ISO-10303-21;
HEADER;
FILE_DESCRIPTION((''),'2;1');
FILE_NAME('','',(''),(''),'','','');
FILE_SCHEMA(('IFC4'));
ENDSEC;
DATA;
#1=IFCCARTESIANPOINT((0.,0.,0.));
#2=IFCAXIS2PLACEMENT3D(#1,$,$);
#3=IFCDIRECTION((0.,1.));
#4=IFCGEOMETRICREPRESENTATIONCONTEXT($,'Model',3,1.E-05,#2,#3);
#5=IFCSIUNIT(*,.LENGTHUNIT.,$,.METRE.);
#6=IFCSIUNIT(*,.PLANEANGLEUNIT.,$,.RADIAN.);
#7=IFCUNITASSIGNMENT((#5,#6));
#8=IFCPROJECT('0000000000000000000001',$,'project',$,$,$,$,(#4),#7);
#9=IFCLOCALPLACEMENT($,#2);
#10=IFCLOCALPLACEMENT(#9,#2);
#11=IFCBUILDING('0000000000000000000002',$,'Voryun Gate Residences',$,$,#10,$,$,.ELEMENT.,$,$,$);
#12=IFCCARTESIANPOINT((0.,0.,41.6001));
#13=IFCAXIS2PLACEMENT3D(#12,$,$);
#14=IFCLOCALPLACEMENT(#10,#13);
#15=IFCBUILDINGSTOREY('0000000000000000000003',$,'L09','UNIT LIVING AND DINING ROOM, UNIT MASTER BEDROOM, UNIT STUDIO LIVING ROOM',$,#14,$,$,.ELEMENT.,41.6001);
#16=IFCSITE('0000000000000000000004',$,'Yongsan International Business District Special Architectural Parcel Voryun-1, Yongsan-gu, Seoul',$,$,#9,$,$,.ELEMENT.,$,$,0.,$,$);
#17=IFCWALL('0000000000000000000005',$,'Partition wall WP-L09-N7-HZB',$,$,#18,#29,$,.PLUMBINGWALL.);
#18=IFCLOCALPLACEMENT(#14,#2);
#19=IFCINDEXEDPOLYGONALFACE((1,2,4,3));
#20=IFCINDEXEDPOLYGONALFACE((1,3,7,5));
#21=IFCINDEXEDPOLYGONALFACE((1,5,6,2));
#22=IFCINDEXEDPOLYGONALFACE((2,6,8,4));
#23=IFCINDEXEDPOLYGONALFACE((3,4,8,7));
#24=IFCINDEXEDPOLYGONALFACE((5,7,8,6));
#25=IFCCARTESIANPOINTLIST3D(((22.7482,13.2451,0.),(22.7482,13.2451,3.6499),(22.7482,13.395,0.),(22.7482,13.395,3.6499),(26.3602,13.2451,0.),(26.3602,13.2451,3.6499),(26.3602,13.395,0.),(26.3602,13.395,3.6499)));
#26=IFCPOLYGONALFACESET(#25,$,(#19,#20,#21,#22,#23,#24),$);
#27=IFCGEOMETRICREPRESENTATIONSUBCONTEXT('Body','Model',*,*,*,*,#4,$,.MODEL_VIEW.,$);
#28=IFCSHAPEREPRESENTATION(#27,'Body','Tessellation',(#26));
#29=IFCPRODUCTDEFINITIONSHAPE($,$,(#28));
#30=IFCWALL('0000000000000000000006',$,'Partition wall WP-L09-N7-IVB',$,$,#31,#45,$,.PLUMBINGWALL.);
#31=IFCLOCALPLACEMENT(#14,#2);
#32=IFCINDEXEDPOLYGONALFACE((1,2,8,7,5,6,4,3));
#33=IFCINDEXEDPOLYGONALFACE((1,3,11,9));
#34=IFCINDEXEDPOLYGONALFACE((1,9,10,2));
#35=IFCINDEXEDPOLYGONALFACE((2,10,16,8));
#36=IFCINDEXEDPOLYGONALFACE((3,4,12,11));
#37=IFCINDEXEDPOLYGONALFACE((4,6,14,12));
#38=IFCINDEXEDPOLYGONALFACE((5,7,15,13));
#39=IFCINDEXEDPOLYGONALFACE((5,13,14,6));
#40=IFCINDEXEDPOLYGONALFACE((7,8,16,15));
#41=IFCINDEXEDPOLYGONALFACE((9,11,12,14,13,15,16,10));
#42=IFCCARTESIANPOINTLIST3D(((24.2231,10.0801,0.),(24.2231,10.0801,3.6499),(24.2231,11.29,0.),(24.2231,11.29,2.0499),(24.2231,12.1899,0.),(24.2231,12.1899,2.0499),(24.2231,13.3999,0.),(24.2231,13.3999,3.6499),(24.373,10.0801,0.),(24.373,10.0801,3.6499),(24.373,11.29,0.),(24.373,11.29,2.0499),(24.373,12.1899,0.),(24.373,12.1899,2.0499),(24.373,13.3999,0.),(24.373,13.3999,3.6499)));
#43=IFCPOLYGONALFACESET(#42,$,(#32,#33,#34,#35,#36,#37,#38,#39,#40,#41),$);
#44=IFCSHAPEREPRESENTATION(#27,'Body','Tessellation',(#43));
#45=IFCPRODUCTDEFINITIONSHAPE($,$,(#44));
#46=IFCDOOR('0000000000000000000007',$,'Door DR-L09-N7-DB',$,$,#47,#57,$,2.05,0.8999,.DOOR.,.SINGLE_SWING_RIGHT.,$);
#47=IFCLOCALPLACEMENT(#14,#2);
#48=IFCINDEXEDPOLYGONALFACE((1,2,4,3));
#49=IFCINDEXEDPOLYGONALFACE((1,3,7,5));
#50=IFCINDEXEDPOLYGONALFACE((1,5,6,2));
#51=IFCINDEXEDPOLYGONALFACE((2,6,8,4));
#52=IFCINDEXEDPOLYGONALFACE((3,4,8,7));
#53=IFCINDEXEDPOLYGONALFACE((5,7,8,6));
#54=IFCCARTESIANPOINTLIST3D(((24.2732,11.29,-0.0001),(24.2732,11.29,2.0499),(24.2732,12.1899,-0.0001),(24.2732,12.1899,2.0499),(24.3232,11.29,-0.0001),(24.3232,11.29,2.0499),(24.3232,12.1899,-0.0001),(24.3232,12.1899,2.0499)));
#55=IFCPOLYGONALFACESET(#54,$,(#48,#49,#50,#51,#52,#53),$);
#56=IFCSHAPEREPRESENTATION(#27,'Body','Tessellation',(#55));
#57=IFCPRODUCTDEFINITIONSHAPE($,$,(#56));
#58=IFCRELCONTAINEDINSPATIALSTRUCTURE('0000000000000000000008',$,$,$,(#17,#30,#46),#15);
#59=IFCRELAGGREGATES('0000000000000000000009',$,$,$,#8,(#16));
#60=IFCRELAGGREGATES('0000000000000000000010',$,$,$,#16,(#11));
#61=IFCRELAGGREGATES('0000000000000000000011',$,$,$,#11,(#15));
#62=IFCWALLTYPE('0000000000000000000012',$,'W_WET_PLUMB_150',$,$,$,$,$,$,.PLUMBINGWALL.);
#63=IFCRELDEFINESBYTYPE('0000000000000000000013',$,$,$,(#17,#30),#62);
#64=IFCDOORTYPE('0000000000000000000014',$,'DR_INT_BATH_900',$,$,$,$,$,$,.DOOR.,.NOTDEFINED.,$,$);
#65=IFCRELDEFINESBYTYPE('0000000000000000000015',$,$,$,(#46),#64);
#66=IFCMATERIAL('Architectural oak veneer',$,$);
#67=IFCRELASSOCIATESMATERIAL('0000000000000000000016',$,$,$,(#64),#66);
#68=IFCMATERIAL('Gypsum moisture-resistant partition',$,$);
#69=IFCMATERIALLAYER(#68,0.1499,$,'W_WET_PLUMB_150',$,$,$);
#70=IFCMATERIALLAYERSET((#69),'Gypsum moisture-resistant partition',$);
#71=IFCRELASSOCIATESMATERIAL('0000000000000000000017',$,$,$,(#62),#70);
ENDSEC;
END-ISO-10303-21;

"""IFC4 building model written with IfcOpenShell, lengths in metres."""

from ifc_helpers import new_model, si_unit, direction, frame, frame_2d, origin, place, context, subcontext, project, spatial, rectangle, extrude, material, layer, layer_set, type_object, element, fill, save


model = new_model("IFC4")

# Units and contexts
model_context = context("Model", 3, precision=1e-05, world=origin(), true_north=direction((0.0, 1.0)))
body_context = subcontext(model_context, "Body", "Model", "MODEL_VIEW")
ifc_project = project(units=[si_unit("LENGTHUNIT", "METRE"), si_unit("PLANEANGLEUNIT", "RADIAN")], contexts=[model_context])

# Site, building, storey
site_placement = place(None, origin())
site = spatial("IfcSite", under=ifc_project, at=site_placement, Name="Yongsan International Business District Special Architectural Parcel Voryun-1, Yongsan-gu, Seoul", CompositionType="ELEMENT", RefElevation=0.0)
building_placement = place(site_placement, origin())
building = spatial("IfcBuilding", under=site, at=building_placement, Name="Voryun Gate Residences", CompositionType="ELEMENT")
storey_placement = place(building_placement, frame((0.0, 0.0, 41.6001)))
storey = spatial("IfcBuildingStorey", under=building, at=storey_placement, Name="L09", Description="UNIT LIVING AND DINING ROOM, UNIT MASTER BEDROOM, UNIT STUDIO LIVING ROOM", CompositionType="ELEMENT", Elevation=41.6001)

# Shared definitions
ifc_material_1 = material(Name="Architectural oak veneer")
door_type_1 = type_object("IfcDoorType", Name="DR_INT_BATH_900", OperationType="NOTDEFINED", PredefinedType="DOOR", material=ifc_material_1)

# Shared definitions
ifc_material_2 = material(Name="Gypsum moisture-resistant partition")
ifc_layer_1 = layer(ifc_material_2, 0.1499, Name="W_WET_PLUMB_150")
ifc_layer_set_1 = layer_set([ifc_layer_1], Name="Gypsum moisture-resistant partition")
wall_type_1 = type_object("IfcWallType", Name="W_WET_PLUMB_150", PredefinedType="PLUMBINGWALL", material=ifc_layer_set_1)

# Wall
wall_1_placement = place(storey_placement, frame((22.748, 13.3201, 0.0), z_axis=(0.0, 0.0, 1.0), x_axis=(1.0, 0.0, 0.0)))
element("IfcWall", 1, at=wall_1_placement, inside=storey, type_object=wall_type_1, Name="Partition wall WP-L09-N7-HZB", PredefinedType="PLUMBINGWALL", context=body_context, shape_type="SweptSolid", body=[
    extrude(rectangle(XDim=3.6121, YDim=0.1499, at=frame_2d((1.8062, 0.0))), origin(), (0.0, 0.0, 1.0), 3.6499),
])

# Wall, opening, door
wall_2_placement = place(storey_placement, frame((24.2981, 10.0801, 0.0), z_axis=(0.0, 0.0, 1.0), x_axis=(0.0, 1.0, 0.0)))
wall_2 = element("IfcWall", 2, at=wall_2_placement, inside=storey, type_object=wall_type_1, Name="Partition wall WP-L09-N7-IVB", PredefinedType="PLUMBINGWALL", context=body_context, shape_type="SweptSolid", body=[
    extrude(rectangle(XDim=3.3198, YDim=0.1499, at=frame_2d((1.6599, 0.0))), origin(), (0.0, 0.0, 1.0), 3.6499),
])
opening_1_placement = place(wall_2_placement, frame((1.21, 0.0, 0.0)))
opening_1 = element("IfcOpeningElement", 3, at=opening_1_placement, cuts=wall_2, PredefinedType="OPENING", context=body_context, shape_type="SweptSolid", body=[
    extrude(rectangle(XDim=0.8999, YDim=2.05, at=frame_2d((0.45, 1.0249))), frame((0.0, 0.085, 0.0), z_axis=(0.0, -1.0, 0.0), x_axis=(1.0, 0.0, 0.0)), (0.0, 0.0, 1.0), 0.1699),
])
door_1_placement = place(opening_1_placement, origin())
door_1 = element("IfcDoor", 4, at=door_1_placement, inside=storey, type_object=door_type_1, Name="Door DR-L09-N7-DB", OperationType="SINGLE_SWING_RIGHT", OverallHeight=2.05, OverallWidth=0.8999, PredefinedType="DOOR", context=body_context, shape_type="SweptSolid", body=[
    extrude(rectangle(XDim=0.8999, YDim=2.05, at=frame_2d((0.45, 1.0249))), frame((0.0, 0.0249, 0.0), z_axis=(0.0, -1.0, 0.0), x_axis=(1.0, 0.0, 0.0)), (0.0, 0.0, 1.0), 0.05),
])
fill(opening_1, door_1)

save(model, "model.ifc")
